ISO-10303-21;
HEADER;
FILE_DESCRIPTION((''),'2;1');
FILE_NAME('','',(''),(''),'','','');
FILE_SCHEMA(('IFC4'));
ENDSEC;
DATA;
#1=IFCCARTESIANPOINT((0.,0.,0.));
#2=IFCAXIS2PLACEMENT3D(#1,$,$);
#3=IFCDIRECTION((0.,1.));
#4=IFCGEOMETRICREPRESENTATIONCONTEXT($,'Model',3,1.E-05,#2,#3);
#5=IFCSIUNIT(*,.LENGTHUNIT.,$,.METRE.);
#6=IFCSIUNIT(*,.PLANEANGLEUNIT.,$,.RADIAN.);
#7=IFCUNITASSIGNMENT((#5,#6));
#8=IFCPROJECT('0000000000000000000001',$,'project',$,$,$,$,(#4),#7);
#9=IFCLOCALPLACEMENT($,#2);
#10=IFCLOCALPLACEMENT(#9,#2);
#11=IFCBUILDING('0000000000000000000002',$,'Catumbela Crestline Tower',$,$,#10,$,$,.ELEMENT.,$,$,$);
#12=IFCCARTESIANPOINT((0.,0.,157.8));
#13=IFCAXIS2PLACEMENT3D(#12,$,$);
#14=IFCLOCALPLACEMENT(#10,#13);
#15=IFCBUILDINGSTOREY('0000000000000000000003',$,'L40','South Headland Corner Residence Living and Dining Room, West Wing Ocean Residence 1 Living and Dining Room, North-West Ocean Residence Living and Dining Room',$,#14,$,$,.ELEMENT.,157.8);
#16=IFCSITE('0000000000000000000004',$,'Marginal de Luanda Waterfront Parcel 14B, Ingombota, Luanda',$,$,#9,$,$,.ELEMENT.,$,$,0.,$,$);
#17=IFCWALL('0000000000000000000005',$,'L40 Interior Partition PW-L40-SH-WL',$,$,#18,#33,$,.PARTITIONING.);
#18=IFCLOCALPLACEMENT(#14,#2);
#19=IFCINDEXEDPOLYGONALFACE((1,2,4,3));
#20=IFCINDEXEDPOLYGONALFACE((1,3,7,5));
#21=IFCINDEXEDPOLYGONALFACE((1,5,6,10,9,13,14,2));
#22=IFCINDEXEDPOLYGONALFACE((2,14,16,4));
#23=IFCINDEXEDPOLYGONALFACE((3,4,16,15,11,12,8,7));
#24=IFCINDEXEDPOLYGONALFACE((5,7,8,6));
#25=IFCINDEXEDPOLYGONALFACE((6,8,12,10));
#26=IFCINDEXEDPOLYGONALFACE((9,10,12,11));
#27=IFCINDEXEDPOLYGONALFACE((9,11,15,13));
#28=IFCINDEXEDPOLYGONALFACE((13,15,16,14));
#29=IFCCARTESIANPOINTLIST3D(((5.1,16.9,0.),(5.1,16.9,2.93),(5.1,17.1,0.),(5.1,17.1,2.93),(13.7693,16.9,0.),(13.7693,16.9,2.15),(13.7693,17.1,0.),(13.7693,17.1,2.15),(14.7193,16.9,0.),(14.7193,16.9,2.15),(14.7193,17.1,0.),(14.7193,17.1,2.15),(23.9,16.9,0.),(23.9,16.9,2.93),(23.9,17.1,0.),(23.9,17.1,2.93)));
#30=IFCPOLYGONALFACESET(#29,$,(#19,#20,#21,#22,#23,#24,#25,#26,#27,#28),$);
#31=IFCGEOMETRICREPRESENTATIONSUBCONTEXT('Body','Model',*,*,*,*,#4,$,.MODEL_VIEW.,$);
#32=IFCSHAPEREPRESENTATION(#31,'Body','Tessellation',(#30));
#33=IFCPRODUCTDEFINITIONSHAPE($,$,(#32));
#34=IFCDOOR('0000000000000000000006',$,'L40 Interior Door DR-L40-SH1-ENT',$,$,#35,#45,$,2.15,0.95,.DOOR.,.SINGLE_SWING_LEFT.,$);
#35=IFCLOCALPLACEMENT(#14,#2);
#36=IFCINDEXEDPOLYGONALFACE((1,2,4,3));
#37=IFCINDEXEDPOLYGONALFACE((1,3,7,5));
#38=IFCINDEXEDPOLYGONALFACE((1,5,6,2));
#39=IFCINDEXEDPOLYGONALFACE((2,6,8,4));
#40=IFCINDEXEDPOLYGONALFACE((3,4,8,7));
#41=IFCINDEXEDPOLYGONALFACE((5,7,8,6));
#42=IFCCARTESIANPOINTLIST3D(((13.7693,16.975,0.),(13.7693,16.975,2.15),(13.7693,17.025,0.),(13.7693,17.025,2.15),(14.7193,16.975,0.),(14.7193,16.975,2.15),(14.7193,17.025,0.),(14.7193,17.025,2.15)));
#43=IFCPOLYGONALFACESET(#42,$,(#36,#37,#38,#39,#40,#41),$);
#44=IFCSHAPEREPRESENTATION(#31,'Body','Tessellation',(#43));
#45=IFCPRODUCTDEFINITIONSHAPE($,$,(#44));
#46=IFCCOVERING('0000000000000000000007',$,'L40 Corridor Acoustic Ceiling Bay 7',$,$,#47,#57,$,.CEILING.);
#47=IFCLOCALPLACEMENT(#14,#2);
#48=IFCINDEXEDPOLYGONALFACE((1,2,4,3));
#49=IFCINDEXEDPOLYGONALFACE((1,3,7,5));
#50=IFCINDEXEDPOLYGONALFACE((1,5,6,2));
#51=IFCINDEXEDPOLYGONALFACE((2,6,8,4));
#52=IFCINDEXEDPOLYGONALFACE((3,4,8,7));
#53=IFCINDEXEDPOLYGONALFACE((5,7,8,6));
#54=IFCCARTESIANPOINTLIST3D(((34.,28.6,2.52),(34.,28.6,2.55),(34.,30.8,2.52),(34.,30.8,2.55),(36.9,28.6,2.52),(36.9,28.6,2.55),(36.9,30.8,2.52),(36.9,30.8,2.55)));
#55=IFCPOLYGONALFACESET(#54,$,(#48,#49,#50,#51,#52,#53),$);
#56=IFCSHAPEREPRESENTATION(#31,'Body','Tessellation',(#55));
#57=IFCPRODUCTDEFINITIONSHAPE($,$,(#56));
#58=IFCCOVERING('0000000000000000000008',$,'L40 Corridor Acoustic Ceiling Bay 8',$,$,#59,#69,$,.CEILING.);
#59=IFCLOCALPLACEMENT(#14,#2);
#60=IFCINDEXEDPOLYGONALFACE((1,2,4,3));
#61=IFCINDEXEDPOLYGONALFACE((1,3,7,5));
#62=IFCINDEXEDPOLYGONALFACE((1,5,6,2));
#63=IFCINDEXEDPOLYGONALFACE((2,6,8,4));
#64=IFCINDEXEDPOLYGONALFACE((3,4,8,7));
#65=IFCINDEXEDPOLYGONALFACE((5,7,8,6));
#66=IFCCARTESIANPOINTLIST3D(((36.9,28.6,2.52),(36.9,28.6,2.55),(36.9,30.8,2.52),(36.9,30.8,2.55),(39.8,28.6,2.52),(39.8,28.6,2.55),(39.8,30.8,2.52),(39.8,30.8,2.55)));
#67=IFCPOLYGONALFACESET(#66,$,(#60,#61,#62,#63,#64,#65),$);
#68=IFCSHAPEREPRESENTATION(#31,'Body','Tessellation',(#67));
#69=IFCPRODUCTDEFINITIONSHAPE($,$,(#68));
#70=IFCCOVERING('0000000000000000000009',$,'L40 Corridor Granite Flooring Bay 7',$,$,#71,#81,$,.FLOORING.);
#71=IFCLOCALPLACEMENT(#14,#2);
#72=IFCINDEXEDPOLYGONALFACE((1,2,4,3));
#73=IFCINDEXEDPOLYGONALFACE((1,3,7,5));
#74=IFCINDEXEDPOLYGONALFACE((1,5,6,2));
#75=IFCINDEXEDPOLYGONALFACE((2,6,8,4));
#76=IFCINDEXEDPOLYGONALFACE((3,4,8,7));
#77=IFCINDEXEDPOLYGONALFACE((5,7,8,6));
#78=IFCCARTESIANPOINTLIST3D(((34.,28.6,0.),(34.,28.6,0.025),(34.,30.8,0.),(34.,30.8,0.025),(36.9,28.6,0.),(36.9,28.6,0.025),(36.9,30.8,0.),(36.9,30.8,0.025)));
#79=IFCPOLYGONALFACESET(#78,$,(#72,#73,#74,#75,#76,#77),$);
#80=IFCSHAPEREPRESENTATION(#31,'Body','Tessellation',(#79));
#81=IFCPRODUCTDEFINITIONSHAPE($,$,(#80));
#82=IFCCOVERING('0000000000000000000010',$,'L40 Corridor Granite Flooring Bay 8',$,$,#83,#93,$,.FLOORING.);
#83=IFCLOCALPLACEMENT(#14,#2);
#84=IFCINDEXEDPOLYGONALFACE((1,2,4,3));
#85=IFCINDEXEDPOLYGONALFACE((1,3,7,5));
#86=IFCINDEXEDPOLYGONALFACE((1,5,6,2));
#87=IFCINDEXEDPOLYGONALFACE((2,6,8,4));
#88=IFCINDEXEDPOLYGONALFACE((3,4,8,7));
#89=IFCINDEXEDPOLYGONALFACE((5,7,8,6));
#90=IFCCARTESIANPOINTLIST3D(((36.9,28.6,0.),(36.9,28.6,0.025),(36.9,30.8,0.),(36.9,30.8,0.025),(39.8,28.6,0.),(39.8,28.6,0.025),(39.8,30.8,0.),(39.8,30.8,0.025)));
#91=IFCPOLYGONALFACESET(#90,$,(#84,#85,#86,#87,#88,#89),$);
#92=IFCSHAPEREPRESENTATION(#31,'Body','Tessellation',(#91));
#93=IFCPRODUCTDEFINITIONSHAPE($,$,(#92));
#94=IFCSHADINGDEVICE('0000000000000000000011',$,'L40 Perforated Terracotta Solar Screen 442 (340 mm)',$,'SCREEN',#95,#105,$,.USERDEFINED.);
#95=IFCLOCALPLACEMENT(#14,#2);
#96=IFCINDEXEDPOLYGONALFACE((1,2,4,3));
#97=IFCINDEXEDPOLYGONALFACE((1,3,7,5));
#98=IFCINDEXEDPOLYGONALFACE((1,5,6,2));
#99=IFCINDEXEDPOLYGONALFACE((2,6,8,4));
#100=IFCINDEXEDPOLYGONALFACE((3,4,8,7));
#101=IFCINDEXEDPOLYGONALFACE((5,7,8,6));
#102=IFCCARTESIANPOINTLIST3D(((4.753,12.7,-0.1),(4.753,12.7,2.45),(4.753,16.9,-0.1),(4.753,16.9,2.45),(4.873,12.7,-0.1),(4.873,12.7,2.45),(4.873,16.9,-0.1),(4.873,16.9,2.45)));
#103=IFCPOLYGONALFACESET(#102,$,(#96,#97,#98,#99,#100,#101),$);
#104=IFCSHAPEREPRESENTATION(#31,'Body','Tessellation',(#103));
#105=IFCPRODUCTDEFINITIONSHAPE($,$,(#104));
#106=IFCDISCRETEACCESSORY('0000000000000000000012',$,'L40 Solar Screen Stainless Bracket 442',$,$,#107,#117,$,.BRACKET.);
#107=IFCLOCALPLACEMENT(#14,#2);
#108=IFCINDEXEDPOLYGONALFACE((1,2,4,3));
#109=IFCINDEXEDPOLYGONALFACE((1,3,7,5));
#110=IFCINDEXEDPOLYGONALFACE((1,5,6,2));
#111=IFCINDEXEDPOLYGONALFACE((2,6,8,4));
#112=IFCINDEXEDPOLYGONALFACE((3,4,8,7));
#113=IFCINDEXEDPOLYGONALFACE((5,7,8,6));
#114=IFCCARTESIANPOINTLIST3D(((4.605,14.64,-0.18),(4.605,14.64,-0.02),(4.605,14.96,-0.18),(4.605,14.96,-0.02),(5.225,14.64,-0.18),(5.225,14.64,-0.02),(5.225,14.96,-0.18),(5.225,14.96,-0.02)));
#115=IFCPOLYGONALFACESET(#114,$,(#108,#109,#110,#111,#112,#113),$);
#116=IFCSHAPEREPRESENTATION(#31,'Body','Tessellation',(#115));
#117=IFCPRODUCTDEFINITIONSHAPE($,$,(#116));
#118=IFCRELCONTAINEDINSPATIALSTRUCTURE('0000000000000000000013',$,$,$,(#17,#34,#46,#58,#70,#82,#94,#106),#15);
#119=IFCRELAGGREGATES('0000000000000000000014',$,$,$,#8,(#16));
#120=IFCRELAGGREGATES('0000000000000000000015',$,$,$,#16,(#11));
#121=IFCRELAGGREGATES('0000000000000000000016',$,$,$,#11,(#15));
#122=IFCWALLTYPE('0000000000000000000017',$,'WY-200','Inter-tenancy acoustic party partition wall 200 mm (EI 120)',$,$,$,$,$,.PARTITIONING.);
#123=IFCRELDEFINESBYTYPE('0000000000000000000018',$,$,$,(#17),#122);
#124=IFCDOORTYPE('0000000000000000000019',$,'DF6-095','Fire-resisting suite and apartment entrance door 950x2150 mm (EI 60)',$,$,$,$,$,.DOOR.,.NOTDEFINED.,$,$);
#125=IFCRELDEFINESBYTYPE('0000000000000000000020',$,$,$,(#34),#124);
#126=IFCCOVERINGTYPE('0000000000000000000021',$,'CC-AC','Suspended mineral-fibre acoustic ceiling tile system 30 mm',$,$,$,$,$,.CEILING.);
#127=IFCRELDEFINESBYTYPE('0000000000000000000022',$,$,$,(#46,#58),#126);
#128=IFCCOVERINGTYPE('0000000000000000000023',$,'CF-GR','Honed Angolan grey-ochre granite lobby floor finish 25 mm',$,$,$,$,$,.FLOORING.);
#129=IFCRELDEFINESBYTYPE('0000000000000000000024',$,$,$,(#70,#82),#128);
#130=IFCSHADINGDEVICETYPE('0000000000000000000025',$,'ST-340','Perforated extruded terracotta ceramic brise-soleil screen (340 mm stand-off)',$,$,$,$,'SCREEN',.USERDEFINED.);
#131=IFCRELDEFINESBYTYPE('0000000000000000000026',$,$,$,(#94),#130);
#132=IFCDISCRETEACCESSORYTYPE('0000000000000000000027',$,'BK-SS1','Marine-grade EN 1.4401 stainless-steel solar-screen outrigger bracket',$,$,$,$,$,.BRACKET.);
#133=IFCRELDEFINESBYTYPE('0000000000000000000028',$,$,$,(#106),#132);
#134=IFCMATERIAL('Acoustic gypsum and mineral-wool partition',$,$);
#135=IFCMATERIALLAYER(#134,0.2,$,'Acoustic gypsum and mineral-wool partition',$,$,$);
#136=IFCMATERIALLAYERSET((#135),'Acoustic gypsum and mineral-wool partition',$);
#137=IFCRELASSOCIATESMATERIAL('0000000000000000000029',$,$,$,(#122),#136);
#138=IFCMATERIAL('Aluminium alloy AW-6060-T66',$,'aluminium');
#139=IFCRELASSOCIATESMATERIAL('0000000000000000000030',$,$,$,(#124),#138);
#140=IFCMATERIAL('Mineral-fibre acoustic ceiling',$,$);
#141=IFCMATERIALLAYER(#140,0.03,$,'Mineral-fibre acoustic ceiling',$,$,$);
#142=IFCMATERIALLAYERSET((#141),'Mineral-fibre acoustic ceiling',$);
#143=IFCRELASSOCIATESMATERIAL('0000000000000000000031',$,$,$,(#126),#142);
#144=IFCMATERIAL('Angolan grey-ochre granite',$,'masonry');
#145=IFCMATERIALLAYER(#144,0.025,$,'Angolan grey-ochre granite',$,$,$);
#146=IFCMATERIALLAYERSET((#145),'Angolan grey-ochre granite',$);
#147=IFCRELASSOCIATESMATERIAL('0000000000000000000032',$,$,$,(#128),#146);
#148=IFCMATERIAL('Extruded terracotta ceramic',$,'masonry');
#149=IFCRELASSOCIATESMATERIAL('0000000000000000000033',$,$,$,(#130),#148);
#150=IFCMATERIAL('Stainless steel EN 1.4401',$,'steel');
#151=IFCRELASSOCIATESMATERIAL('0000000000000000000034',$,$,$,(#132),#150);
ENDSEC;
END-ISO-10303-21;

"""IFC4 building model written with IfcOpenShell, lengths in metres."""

from ifc_helpers import new_model, si_unit, direction, frame, frame_2d, origin, origin_2d, place, context, subcontext, project, spatial, polyline, rectangle, outline, extrude, material, layer, layer_set, type_object, element, fill, save


model = new_model("IFC4")

# Units and contexts
model_context = context("Model", 3, precision=1e-05, world=origin(), true_north=direction((0.0, 1.0)))
body_context = subcontext(model_context, "Body", "Model", "MODEL_VIEW")
ifc_project = project(units=[si_unit("LENGTHUNIT", "METRE"), si_unit("PLANEANGLEUNIT", "RADIAN")], contexts=[model_context])

# Site, building, storey
site_placement = place(None, origin())
site = spatial("IfcSite", under=ifc_project, at=site_placement, Name="Marginal de Luanda Waterfront Parcel 14B, Ingombota, Luanda", CompositionType="ELEMENT", RefElevation=0.0)
building_placement = place(site_placement, origin())
building = spatial("IfcBuilding", under=site, at=building_placement, Name="Catumbela Crestline Tower", CompositionType="ELEMENT")
storey_placement = place(building_placement, frame((0.0, 0.0, 157.8)))
storey = spatial("IfcBuildingStorey", under=building, at=storey_placement, Name="L40", Description="South Headland Corner Residence Living and Dining Room, West Wing Ocean Residence 1 Living and Dining Room, North-West Ocean Residence Living and Dining Room", CompositionType="ELEMENT", Elevation=157.8)

# Shared definitions
ifc_material_1 = material(Name="Aluminium alloy AW-6060-T66", Category="aluminium")

# Shared definitions
ifc_material_2 = material(Name="Angolan grey-ochre granite", Category="masonry")

# Shared definitions
ifc_material_3 = material(Name="Acoustic gypsum and mineral-wool partition")

# Wall, opening, door
ifc_layer_1 = layer(ifc_material_3, 0.2, Name="Acoustic gypsum and mineral-wool partition")
ifc_layer_set_1 = layer_set([ifc_layer_1], Name="Acoustic gypsum and mineral-wool partition")
wall_type_1 = type_object("IfcWallType", Name="WY-200", Description="Inter-tenancy acoustic party partition wall 200 mm (EI 120)", PredefinedType="PARTITIONING", material=ifc_layer_set_1)
wall_1_placement = place(storey_placement, frame((5.1, 17.0, 0.0), z_axis=(0.0, 0.0, 1.0), x_axis=(1.0, 0.0, 0.0)))
wall_1 = element("IfcWall", 1, at=wall_1_placement, inside=storey, type_object=wall_type_1, Name="L40 Interior Partition PW-L40-SH-WL", PredefinedType="PARTITIONING", context=body_context, shape_type="SweptSolid", body=[
    extrude(rectangle(XDim=18.8, YDim=0.2, at=frame_2d((9.4, 0.0))), origin(), (0.0, 0.0, 1.0), 2.93),
])
opening_1_placement = place(wall_1_placement, frame((8.6693, 0.0, 0.0)))
opening_1 = element("IfcOpeningElement", 2, at=opening_1_placement, cuts=wall_1, PredefinedType="OPENING", context=body_context, shape_type="SweptSolid", body=[
    extrude(rectangle(XDim=0.95, YDim=2.15, at=frame_2d((0.475, 1.075))), frame((0.0, 0.11, 0.0), z_axis=(0.0, -1.0, 0.0), x_axis=(1.0, 0.0, 0.0)), (0.0, 0.0, 1.0), 0.22),
])
door_type_1 = type_object("IfcDoorType", Name="DF6-095", Description="Fire-resisting suite and apartment entrance door 950x2150 mm (EI 60)", OperationType="NOTDEFINED", PredefinedType="DOOR", material=ifc_material_1)
door_1_placement = place(opening_1_placement, origin())
door_1 = element("IfcDoor", 3, at=door_1_placement, inside=storey, type_object=door_type_1, Name="L40 Interior Door DR-L40-SH1-ENT", OperationType="SINGLE_SWING_LEFT", OverallHeight=2.15, OverallWidth=0.95, PredefinedType="DOOR", context=body_context, shape_type="SweptSolid", body=[
    extrude(rectangle(XDim=0.95, YDim=2.15, at=frame_2d((0.475, 1.075))), frame((0.0, 0.025, 0.0), z_axis=(0.0, -1.0, 0.0), x_axis=(1.0, 0.0, 0.0)), (0.0, 0.0, 1.0), 0.05),
])
fill(opening_1, door_1)

# Coverings
ifc_material_4 = material(Name="Mineral-fibre acoustic ceiling")
ifc_layer_2 = layer(ifc_material_4, 0.03, Name="Mineral-fibre acoustic ceiling")
ifc_layer_set_2 = layer_set([ifc_layer_2], Name="Mineral-fibre acoustic ceiling")
covering_type_1 = type_object("IfcCoveringType", Name="CC-AC", Description="Suspended mineral-fibre acoustic ceiling tile system 30 mm", PredefinedType="CEILING", material=ifc_layer_set_2)
covering_1_placement = place(storey_placement, frame((0.0, 0.0, 2.52)))
element("IfcCovering", 4, at=covering_1_placement, inside=storey, type_object=covering_type_1, Name="L40 Corridor Acoustic Ceiling Bay 7", PredefinedType="CEILING", context=body_context, shape_type="SweptSolid", body=[
    extrude(outline(polyline([(34.0, 28.6), (36.9, 28.6), (36.9, 30.8), (34.0, 30.8), (34.0, 28.6)])), origin(), (0.0, 0.0, 1.0), 0.03),
])
covering_2_placement = place(storey_placement, frame((0.0, 0.0, 2.52)))
element("IfcCovering", 5, at=covering_2_placement, inside=storey, type_object=covering_type_1, Name="L40 Corridor Acoustic Ceiling Bay 8", PredefinedType="CEILING", context=body_context, shape_type="SweptSolid", body=[
    extrude(outline(polyline([(36.9, 28.6), (39.8, 28.6), (39.8, 30.8), (36.9, 30.8), (36.9, 28.6)])), origin(), (0.0, 0.0, 1.0), 0.03),
])
ifc_layer_3 = layer(ifc_material_2, 0.025, Name="Angolan grey-ochre granite")
ifc_layer_set_3 = layer_set([ifc_layer_3], Name="Angolan grey-ochre granite")
covering_type_2 = type_object("IfcCoveringType", Name="CF-GR", Description="Honed Angolan grey-ochre granite lobby floor finish 25 mm", PredefinedType="FLOORING", material=ifc_layer_set_3)
covering_3_placement = place(storey_placement, origin())
element("IfcCovering", 6, at=covering_3_placement, inside=storey, type_object=covering_type_2, Name="L40 Corridor Granite Flooring Bay 7", PredefinedType="FLOORING", context=body_context, shape_type="SweptSolid", body=[
    extrude(outline(polyline([(34.0, 28.6), (36.9, 28.6), (36.9, 30.8), (34.0, 30.8), (34.0, 28.6)])), origin(), (0.0, 0.0, 1.0), 0.025),
])
covering_4_placement = place(storey_placement, origin())
element("IfcCovering", 7, at=covering_4_placement, inside=storey, type_object=covering_type_2, Name="L40 Corridor Granite Flooring Bay 8", PredefinedType="FLOORING", context=body_context, shape_type="SweptSolid", body=[
    extrude(outline(polyline([(36.9, 28.6), (39.8, 28.6), (39.8, 30.8), (36.9, 30.8), (36.9, 28.6)])), origin(), (0.0, 0.0, 1.0), 0.025),
])

# Shading device
ifc_material_5 = material(Name="Extruded terracotta ceramic", Category="masonry")
shading_device_type = type_object("IfcShadingDeviceType", Name="ST-340", Description="Perforated extruded terracotta ceramic brise-soleil screen (340 mm stand-off)", ElementType="SCREEN", PredefinedType="USERDEFINED", material=ifc_material_5)
shading_device_placement = place(storey_placement, frame((4.813, 14.8, -0.1), z_axis=(0.0, 0.0, 1.0), x_axis=(0.0, -1.0, 0.0)))
element("IfcShadingDevice", 8, at=shading_device_placement, inside=storey, type_object=shading_device_type, Name="L40 Perforated Terracotta Solar Screen 442 (340 mm)", ObjectType="SCREEN", PredefinedType="USERDEFINED", context=body_context, shape_type="SweptSolid", body=[
    extrude(rectangle(XDim=4.2, YDim=0.12, at=origin_2d()), origin(), (0.0, 0.0, 1.0), 2.55),
])

# Discrete accessory
ifc_material_6 = material(Name="Stainless steel EN 1.4401", Category="steel")
discrete_accessory_type = type_object("IfcDiscreteAccessoryType", Name="BK-SS1", Description="Marine-grade EN 1.4401 stainless-steel solar-screen outrigger bracket", PredefinedType="BRACKET", material=ifc_material_6)
discrete_accessory_placement = place(storey_placement, frame((4.915, 14.8, -0.18), z_axis=(0.0, 0.0, 1.0), x_axis=(0.0, -1.0, 0.0)))
element("IfcDiscreteAccessory", 9, at=discrete_accessory_placement, inside=storey, type_object=discrete_accessory_type, Name="L40 Solar Screen Stainless Bracket 442", PredefinedType="BRACKET", context=body_context, shape_type="SweptSolid", body=[
    extrude(rectangle(XDim=0.32, YDim=0.62, at=origin_2d()), origin(), (0.0, 0.0, 1.0), 0.16),
])

save(model, "model.ifc")
